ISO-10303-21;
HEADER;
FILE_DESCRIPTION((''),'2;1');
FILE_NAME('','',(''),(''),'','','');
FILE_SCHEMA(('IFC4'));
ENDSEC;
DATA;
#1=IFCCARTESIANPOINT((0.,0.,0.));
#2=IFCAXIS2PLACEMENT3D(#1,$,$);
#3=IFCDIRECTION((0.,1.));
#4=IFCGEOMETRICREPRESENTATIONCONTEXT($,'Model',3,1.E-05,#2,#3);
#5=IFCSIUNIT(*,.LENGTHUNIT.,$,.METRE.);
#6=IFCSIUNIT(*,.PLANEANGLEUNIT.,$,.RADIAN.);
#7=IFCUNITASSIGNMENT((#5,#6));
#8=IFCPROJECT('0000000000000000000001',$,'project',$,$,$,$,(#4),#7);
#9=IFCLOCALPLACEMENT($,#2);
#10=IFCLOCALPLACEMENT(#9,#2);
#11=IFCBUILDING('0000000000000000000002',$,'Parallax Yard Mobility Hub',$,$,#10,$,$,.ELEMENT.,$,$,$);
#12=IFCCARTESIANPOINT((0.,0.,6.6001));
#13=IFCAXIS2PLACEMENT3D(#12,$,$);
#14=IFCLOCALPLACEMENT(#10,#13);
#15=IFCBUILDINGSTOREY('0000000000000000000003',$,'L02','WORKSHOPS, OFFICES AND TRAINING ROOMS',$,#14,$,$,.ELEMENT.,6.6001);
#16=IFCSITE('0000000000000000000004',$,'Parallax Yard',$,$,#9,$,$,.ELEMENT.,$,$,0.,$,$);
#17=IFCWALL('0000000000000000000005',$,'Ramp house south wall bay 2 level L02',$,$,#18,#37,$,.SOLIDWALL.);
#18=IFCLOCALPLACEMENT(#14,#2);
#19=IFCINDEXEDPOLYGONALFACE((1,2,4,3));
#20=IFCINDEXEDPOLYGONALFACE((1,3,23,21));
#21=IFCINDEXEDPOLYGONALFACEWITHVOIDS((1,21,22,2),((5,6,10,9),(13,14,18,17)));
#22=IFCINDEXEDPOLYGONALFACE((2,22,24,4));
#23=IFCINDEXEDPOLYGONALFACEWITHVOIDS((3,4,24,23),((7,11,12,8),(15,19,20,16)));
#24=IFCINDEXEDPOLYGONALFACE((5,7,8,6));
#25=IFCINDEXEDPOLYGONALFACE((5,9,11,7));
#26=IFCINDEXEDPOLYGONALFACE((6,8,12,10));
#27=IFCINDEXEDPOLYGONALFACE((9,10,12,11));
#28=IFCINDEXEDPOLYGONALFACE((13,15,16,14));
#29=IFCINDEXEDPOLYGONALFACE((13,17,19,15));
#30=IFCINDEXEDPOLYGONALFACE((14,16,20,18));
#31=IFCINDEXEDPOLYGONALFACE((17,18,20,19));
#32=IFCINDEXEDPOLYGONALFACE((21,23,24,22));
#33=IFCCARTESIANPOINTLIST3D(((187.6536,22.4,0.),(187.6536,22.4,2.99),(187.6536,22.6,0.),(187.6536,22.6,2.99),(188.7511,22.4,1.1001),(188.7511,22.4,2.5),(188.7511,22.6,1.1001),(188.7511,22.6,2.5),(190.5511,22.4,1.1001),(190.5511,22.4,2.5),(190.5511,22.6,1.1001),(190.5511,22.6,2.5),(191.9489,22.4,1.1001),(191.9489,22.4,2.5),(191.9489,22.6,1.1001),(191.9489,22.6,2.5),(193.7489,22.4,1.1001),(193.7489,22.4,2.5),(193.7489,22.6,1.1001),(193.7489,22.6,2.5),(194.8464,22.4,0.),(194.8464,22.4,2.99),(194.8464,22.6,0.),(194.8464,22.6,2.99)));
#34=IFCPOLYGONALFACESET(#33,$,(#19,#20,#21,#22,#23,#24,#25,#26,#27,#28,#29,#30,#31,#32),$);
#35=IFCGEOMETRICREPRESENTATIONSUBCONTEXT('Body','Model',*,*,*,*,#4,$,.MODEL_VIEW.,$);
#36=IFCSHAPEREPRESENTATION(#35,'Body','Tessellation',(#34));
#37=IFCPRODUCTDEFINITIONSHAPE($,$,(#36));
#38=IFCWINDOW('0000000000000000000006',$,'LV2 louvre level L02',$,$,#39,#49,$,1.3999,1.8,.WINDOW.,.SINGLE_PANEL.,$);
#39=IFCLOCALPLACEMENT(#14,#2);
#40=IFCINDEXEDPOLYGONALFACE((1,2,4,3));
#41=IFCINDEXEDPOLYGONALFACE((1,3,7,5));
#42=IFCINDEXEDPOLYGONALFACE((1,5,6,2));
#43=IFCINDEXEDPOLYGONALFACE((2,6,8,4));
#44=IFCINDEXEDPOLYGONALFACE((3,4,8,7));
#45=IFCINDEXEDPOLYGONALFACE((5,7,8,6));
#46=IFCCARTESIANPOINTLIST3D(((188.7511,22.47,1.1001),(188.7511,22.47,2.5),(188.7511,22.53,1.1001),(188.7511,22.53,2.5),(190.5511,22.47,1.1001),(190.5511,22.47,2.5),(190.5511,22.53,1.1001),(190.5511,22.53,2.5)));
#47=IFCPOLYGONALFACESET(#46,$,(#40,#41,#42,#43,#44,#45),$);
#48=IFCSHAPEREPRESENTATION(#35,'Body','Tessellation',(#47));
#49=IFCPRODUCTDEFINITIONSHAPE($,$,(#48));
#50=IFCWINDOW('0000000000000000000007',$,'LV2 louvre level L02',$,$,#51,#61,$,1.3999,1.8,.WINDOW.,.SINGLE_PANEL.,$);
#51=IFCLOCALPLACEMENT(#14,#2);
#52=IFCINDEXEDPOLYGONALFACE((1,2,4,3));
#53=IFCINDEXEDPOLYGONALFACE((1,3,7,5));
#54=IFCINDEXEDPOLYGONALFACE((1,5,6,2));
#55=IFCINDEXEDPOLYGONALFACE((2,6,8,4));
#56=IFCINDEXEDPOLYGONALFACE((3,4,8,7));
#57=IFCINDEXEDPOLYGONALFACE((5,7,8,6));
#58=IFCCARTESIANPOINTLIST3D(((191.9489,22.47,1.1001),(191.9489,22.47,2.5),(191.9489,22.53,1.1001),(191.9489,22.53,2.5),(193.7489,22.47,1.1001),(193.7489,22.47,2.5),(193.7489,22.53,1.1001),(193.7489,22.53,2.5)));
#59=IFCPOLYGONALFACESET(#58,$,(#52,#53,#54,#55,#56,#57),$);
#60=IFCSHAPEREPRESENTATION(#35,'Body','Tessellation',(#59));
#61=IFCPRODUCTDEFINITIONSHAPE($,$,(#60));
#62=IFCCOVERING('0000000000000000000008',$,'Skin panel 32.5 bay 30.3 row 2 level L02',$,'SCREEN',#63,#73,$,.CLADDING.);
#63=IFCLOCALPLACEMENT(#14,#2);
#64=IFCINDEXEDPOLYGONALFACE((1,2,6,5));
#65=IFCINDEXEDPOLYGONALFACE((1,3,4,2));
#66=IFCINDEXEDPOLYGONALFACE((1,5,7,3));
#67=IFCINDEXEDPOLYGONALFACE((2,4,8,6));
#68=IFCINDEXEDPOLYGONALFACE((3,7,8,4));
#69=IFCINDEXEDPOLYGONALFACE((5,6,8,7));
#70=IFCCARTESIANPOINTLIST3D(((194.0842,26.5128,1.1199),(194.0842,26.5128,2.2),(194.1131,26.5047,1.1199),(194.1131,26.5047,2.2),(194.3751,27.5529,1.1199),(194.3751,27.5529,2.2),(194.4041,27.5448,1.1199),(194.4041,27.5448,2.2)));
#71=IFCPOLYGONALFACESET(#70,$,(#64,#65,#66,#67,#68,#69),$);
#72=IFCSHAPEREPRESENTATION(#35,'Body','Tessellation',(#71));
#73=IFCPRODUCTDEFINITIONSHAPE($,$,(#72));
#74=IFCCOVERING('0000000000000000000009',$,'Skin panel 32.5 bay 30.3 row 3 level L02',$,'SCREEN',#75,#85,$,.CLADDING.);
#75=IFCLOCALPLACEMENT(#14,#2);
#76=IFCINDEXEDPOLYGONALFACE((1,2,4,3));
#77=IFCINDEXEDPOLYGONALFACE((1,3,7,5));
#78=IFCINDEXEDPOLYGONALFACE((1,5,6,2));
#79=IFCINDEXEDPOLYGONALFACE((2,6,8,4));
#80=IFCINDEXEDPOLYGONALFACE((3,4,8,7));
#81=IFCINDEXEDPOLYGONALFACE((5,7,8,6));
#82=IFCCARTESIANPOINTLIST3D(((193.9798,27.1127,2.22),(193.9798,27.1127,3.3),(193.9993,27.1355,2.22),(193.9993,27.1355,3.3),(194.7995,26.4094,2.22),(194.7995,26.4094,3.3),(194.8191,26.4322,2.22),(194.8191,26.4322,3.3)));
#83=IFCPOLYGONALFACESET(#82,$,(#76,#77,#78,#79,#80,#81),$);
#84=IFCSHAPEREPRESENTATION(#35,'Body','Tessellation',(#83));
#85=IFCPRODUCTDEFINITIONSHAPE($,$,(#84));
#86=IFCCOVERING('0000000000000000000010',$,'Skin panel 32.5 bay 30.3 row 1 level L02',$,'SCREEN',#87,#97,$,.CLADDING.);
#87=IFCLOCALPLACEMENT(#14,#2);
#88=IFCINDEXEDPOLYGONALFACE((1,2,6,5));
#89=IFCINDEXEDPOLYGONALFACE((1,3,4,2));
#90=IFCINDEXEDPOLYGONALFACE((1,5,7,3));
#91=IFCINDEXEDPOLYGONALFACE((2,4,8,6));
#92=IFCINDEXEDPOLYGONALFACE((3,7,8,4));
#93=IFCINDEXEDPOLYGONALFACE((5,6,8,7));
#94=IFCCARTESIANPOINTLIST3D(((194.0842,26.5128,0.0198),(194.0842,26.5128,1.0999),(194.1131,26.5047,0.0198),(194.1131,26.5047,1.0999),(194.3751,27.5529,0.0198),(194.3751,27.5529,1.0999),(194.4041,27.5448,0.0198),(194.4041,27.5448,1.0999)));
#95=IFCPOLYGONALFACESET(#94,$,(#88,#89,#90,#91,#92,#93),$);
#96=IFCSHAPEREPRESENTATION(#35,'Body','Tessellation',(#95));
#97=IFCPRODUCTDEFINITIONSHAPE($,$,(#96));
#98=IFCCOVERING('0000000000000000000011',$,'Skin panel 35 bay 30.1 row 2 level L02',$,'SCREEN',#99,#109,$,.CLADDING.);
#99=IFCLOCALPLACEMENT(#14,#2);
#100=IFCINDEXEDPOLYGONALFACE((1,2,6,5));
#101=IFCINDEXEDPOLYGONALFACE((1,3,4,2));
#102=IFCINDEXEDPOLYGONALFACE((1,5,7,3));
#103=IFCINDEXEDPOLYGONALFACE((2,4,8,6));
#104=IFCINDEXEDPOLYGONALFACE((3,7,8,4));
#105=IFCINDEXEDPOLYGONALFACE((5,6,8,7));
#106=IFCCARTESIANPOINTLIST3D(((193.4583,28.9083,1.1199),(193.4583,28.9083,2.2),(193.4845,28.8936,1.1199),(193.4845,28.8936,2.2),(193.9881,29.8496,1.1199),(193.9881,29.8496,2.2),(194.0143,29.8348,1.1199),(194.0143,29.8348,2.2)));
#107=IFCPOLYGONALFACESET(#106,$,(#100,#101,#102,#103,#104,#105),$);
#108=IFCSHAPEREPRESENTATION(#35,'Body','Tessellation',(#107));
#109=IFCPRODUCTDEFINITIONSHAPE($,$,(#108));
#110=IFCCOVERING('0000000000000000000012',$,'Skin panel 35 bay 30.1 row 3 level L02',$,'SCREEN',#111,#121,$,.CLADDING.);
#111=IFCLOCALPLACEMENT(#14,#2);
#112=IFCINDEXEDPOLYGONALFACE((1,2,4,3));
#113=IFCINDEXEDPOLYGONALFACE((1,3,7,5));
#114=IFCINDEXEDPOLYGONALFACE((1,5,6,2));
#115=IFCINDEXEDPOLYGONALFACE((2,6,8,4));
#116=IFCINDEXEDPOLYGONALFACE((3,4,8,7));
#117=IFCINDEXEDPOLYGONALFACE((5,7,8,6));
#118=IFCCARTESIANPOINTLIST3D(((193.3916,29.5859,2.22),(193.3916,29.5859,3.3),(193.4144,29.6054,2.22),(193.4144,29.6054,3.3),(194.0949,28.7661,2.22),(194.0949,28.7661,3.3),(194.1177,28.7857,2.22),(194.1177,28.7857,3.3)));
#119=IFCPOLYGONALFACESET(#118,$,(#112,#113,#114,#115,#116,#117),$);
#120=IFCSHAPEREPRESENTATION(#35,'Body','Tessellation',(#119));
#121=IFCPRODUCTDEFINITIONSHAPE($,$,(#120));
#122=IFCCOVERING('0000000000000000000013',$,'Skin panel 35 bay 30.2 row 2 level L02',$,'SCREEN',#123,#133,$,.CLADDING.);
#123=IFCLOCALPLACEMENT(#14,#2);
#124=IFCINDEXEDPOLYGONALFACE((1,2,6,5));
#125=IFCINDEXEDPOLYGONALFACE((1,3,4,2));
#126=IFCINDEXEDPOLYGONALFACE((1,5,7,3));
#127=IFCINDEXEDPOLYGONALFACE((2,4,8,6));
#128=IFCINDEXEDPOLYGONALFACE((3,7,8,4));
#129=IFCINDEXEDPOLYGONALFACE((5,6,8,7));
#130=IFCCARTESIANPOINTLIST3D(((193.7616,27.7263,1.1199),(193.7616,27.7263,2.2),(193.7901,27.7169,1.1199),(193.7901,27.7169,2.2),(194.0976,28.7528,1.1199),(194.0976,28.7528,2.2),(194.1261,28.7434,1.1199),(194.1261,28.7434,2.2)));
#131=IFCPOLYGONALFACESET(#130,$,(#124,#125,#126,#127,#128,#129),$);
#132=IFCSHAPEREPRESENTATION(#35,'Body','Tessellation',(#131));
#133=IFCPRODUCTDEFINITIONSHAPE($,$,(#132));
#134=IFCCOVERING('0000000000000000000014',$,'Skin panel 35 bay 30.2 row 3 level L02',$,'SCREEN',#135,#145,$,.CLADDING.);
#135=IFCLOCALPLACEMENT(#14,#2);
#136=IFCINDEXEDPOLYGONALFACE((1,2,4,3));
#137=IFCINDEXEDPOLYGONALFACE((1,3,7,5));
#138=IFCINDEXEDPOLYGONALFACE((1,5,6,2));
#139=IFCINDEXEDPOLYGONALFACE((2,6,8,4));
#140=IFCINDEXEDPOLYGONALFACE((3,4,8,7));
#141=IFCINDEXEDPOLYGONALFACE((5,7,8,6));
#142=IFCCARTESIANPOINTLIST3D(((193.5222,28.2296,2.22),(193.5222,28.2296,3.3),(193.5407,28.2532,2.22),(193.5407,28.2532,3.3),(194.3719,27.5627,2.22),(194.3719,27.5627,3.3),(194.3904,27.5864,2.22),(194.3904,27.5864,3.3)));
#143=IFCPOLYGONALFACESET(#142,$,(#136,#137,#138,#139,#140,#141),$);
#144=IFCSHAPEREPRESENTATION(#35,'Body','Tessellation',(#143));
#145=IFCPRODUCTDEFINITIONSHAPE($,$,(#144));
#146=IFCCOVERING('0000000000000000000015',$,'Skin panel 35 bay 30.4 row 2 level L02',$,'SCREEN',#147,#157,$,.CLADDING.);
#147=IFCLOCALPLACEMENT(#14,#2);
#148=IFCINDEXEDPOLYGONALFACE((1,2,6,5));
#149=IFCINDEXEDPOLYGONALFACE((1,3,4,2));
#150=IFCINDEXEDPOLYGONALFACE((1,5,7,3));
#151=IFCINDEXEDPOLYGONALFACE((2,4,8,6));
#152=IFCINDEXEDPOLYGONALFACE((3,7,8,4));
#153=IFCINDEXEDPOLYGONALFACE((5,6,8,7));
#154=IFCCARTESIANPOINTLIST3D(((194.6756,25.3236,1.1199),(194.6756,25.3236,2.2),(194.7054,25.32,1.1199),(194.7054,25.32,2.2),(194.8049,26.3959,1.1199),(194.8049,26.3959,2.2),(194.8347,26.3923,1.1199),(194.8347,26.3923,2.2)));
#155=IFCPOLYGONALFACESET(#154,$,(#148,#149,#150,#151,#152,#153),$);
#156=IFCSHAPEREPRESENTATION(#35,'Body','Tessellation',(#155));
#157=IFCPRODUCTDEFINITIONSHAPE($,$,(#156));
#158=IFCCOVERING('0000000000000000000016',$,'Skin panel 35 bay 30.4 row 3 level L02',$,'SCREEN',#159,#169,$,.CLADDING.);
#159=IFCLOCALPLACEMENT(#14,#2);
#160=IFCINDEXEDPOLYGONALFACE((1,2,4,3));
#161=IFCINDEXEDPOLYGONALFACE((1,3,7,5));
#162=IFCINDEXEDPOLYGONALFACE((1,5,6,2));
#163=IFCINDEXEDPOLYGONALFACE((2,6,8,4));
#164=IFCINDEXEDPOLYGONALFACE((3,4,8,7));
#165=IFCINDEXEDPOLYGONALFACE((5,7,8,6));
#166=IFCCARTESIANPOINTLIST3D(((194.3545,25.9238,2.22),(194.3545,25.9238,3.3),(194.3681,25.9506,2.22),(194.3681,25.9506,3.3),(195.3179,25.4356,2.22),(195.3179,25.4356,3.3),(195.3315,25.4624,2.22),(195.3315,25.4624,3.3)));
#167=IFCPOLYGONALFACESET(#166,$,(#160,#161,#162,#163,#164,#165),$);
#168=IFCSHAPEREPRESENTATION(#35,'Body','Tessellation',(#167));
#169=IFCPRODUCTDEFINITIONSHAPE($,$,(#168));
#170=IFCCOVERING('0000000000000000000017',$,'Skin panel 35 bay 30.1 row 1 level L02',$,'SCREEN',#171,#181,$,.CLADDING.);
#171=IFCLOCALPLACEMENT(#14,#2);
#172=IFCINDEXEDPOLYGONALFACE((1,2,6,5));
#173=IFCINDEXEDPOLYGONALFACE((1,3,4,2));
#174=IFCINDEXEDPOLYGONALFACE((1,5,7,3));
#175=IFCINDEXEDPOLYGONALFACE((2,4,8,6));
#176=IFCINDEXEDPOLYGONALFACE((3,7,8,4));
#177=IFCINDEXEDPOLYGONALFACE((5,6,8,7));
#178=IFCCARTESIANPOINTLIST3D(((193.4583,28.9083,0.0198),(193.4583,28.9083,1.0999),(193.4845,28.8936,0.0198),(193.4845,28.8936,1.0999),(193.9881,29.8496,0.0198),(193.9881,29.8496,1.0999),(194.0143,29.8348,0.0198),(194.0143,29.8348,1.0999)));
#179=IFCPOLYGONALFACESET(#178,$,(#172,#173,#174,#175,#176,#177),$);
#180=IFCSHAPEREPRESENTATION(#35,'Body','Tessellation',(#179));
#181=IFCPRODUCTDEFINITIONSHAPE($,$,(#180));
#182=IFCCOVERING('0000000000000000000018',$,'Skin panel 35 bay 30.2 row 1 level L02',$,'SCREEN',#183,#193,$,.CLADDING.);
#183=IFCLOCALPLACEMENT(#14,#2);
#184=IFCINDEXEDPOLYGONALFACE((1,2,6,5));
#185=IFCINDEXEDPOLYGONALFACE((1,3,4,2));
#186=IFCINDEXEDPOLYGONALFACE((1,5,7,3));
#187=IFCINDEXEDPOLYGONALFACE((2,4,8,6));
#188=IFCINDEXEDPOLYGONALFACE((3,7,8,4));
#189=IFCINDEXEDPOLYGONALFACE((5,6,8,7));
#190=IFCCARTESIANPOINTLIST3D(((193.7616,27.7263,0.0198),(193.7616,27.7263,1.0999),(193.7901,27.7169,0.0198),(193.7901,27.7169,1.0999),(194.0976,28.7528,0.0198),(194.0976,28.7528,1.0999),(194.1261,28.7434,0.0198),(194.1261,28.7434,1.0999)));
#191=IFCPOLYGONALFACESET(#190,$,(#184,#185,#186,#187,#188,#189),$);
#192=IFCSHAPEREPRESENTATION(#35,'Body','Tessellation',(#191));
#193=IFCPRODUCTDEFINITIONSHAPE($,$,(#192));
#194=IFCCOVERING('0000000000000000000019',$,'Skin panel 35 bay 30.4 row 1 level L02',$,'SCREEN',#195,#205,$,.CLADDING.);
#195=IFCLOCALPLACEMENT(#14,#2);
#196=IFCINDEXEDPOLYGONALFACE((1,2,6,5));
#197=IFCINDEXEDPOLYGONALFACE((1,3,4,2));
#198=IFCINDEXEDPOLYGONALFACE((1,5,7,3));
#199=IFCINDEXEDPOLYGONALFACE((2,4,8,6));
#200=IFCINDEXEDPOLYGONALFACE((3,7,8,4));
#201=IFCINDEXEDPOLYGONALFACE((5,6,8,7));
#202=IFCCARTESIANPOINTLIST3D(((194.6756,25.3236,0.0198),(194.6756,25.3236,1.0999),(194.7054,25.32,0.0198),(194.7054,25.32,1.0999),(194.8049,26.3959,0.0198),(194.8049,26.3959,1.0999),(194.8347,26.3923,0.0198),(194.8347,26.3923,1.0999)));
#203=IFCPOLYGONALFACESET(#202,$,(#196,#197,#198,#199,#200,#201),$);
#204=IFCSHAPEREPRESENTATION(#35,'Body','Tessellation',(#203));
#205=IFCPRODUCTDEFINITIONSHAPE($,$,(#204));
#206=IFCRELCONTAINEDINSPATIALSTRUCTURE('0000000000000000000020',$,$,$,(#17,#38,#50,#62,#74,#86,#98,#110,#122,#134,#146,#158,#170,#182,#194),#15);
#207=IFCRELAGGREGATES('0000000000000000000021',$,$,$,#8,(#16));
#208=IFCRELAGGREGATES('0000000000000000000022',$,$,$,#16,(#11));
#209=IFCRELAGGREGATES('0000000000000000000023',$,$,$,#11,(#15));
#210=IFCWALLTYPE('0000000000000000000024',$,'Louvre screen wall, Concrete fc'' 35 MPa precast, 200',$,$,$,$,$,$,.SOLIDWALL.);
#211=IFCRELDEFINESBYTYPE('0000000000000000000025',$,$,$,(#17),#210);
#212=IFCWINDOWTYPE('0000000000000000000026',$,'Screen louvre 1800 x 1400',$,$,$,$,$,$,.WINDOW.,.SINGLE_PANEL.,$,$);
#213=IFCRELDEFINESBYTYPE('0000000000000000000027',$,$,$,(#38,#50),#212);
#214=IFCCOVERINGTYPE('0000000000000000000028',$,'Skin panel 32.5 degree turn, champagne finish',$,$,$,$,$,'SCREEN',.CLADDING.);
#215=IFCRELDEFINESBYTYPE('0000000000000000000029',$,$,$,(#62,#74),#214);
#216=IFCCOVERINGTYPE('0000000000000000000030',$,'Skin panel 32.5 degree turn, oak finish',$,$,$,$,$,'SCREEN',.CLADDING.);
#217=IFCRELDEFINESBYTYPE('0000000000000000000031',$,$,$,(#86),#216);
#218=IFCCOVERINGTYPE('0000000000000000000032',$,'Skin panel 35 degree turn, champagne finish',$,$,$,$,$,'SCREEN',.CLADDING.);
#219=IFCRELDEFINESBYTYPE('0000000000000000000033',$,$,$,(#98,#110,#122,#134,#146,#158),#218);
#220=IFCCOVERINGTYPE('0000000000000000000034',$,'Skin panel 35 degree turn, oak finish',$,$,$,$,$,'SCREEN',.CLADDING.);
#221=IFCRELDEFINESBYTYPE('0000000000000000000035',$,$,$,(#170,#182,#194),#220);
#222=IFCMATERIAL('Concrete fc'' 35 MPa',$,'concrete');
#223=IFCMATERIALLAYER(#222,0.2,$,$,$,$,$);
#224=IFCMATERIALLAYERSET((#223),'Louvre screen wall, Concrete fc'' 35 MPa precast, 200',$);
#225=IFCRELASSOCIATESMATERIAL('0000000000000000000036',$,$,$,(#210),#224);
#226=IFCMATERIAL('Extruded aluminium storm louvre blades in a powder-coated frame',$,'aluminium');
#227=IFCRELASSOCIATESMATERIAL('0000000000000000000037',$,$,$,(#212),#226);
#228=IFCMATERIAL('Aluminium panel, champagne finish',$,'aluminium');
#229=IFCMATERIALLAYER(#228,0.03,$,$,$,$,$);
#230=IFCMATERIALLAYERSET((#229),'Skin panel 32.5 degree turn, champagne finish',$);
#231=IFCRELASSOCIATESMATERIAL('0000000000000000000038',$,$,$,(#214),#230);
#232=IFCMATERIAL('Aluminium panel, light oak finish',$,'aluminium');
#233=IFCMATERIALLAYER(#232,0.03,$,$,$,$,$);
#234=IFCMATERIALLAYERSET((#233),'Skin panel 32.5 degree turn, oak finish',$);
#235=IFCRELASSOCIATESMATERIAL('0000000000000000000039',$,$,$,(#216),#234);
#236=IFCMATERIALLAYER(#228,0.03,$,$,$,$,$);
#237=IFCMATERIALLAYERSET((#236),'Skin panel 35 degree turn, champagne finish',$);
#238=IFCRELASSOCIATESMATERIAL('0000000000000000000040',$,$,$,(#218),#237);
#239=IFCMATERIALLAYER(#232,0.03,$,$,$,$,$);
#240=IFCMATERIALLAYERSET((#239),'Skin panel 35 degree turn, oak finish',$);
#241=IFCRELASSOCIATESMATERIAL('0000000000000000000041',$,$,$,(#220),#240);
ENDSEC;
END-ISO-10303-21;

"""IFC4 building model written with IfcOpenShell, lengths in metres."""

from ifc_helpers import new_model, si_unit, direction, frame, frame_2d, origin, origin_2d, place, context, subcontext, project, spatial, rectangle, extrude, material, layer, layer_set, type_object, element, fill, save


model = new_model("IFC4")

# Units and contexts
model_context = context("Model", 3, precision=1e-05, world=origin(), true_north=direction((0.0, 1.0)))
body_context = subcontext(model_context, "Body", "Model", "MODEL_VIEW")
ifc_project = project(units=[si_unit("LENGTHUNIT", "METRE"), si_unit("PLANEANGLEUNIT", "RADIAN")], contexts=[model_context])

# Site, building, storey
site_placement = place(None, origin())
site = spatial("IfcSite", under=ifc_project, at=site_placement, Name="Parallax Yard", CompositionType="ELEMENT", RefElevation=0.0)
building_placement = place(site_placement, origin())
building = spatial("IfcBuilding", under=site, at=building_placement, Name="Parallax Yard Mobility Hub", CompositionType="ELEMENT")
storey_placement = place(building_placement, frame((0.0, 0.0, 6.6001)))
storey = spatial("IfcBuildingStorey", under=building, at=storey_placement, Name="L02", Description="WORKSHOPS, OFFICES AND TRAINING ROOMS", CompositionType="ELEMENT", Elevation=6.6001)

# Wall, openings, windows
ifc_material_1 = material(Name="Concrete fc' 35 MPa", Category="concrete")
ifc_layer_1 = layer(ifc_material_1, 0.2)
ifc_layer_set_1 = layer_set([ifc_layer_1], Name="Louvre screen wall, Concrete fc' 35 MPa precast, 200")
wall_type = type_object("IfcWallType", Name="Louvre screen wall, Concrete fc' 35 MPa precast, 200", PredefinedType="SOLIDWALL", material=ifc_layer_set_1)
wall_placement = place(storey_placement, frame((187.6536, 22.5, 0.0), z_axis=(0.0, 0.0, 1.0), x_axis=(1.0, 0.0, 0.0)))
wall = element("IfcWall", 1, at=wall_placement, inside=storey, type_object=wall_type, Name="Ramp house south wall bay 2 level L02", PredefinedType="SOLIDWALL", context=body_context, shape_type="SweptSolid", body=[
    extrude(rectangle(XDim=7.1929, YDim=0.2, at=frame_2d((3.5964, 0.0))), origin(), (0.0, 0.0, 1.0), 2.99),
])
opening_1_placement = place(wall_placement, frame((1.0977, 0.0, 1.1001)))
opening_1 = element("IfcOpeningElement", 2, at=opening_1_placement, cuts=wall, PredefinedType="OPENING", context=body_context, shape_type="SweptSolid", body=[
    extrude(rectangle(XDim=1.8, YDim=1.3999, at=frame_2d((0.8999, 0.7))), frame((0.0, 0.1099, 0.0), z_axis=(0.0, -1.0, 0.0), x_axis=(1.0, 0.0, 0.0)), (0.0, 0.0, 1.0), 0.22),
])
opening_2_placement = place(wall_placement, frame((4.2954, 0.0, 1.1001)))
opening_2 = element("IfcOpeningElement", 3, at=opening_2_placement, cuts=wall, PredefinedType="OPENING", context=body_context, shape_type="SweptSolid", body=[
    extrude(rectangle(XDim=1.8, YDim=1.3999, at=frame_2d((0.8999, 0.7))), frame((0.0, 0.1099, 0.0), z_axis=(0.0, -1.0, 0.0), x_axis=(1.0, 0.0, 0.0)), (0.0, 0.0, 1.0), 0.22),
])
ifc_material_2 = material(Name="Extruded aluminium storm louvre blades in a powder-coated frame", Category="aluminium")
window_type = type_object("IfcWindowType", Name="Screen louvre 1800 x 1400", PartitioningType="SINGLE_PANEL", PredefinedType="WINDOW", material=ifc_material_2)
window_1_placement = place(opening_1_placement, origin())
window_1 = element("IfcWindow", 4, at=window_1_placement, inside=storey, type_object=window_type, Name="LV2 louvre level L02", OverallHeight=1.3999, OverallWidth=1.8, PartitioningType="SINGLE_PANEL", PredefinedType="WINDOW", context=body_context, shape_type="SweptSolid", body=[
    extrude(rectangle(XDim=1.8, YDim=1.3999, at=frame_2d((0.8999, 0.7))), frame((0.0, 0.03, 0.0), z_axis=(0.0, -1.0, 0.0), x_axis=(1.0, 0.0, 0.0)), (0.0, 0.0, 1.0), 0.0601),
])
fill(opening_1, window_1)
window_2_placement = place(opening_2_placement, origin())
window_2 = element("IfcWindow", 5, at=window_2_placement, inside=storey, type_object=window_type, Name="LV2 louvre level L02", OverallHeight=1.3999, OverallWidth=1.8, PartitioningType="SINGLE_PANEL", PredefinedType="WINDOW", context=body_context, shape_type="SweptSolid", body=[
    extrude(rectangle(XDim=1.8, YDim=1.3999, at=frame_2d((0.8999, 0.7))), frame((0.0, 0.03, 0.0), z_axis=(0.0, -1.0, 0.0), x_axis=(1.0, 0.0, 0.0)), (0.0, 0.0, 1.0), 0.0601),
])
fill(opening_2, window_2)

# Coverings
ifc_material_3 = material(Name="Aluminium panel, champagne finish", Category="aluminium")
ifc_layer_2 = layer(ifc_material_3, 0.03)
ifc_layer_set_2 = layer_set([ifc_layer_2], Name="Skin panel 32.5 degree turn, champagne finish")
covering_type_1 = type_object("IfcCoveringType", Name="Skin panel 32.5 degree turn, champagne finish", ElementType="SCREEN", PredefinedType="CLADDING", material=ifc_layer_set_2)
for number, where, z_axis, x_axis, name in (
    (6, (194.2441, 27.0288, 1.1199), (0.0, 0.0, 1.0), (-0.26934, -0.963045, 0.0), "Skin panel 32.5 bay 30.3 row 2 level L02"),
    (7, (194.3994, 26.7725, 2.22), (0.0, 0.0, 1.0), (-0.758987, 0.651105, 0.0), "Skin panel 32.5 bay 30.3 row 3 level L02"),
):
    element("IfcCovering", number, at=place(storey_placement, frame(where, z_axis=z_axis, x_axis=x_axis)), inside=storey, type_object=covering_type_1, Name=name, ObjectType="SCREEN", PredefinedType="CLADDING", context=body_context, shape_type="SweptSolid", body=[
        extrude(rectangle(XDim=1.0801, YDim=0.03, at=origin_2d()), origin(), (0.0, 0.0, 1.0), 1.0801),
    ])
ifc_material_4 = material(Name="Aluminium panel, light oak finish", Category="aluminium")
ifc_layer_3 = layer(ifc_material_4, 0.03)
ifc_layer_set_3 = layer_set([ifc_layer_3], Name="Skin panel 32.5 degree turn, oak finish")
covering_type_2 = type_object("IfcCoveringType", Name="Skin panel 32.5 degree turn, oak finish", ElementType="SCREEN", PredefinedType="CLADDING", material=ifc_layer_set_3)
covering_placement = place(storey_placement, frame((194.2441, 27.0288, 0.0198), z_axis=(0.0, 0.0, 1.0), x_axis=(-0.26934, -0.963045, 0.0)))
element("IfcCovering", 8, at=covering_placement, inside=storey, type_object=covering_type_2, Name="Skin panel 32.5 bay 30.3 row 1 level L02", ObjectType="SCREEN", PredefinedType="CLADDING", context=body_context, shape_type="SweptSolid", body=[
    extrude(rectangle(XDim=1.0801, YDim=0.03, at=origin_2d()), origin(), (0.0, 0.0, 1.0), 1.0801),
])
ifc_layer_4 = layer(ifc_material_3, 0.03)
ifc_layer_set_4 = layer_set([ifc_layer_4], Name="Skin panel 35 degree turn, champagne finish")
covering_type_3 = type_object("IfcCoveringType", Name="Skin panel 35 degree turn, champagne finish", ElementType="SCREEN", PredefinedType="CLADDING", material=ifc_layer_set_4)
for number, where, z_axis, x_axis, name in (
    (9, (193.7363, 29.3716, 1.1199), (0.0, 0.0, 1.0), (-0.490524, -0.871428, 0.0), "Skin panel 35 bay 30.1 row 2 level L02"),
    (10, (193.7546, 29.1858, 2.22), (0.0, 0.0, 1.0), (-0.651105, 0.758987, 0.0), "Skin panel 35 bay 30.1 row 3 level L02"),
    (11, (193.9438, 28.2349, 1.1199), (0.0, 0.0, 1.0), (-0.311091, -0.95038, 0.0), "Skin panel 35 bay 30.2 row 2 level L02"),
    (12, (193.9563, 27.908, 2.22), (0.0, 0.0, 1.0), (-0.786666, 0.617379, 0.0), "Skin panel 35 bay 30.2 row 3 level L02"),
    (13, (194.7551, 25.8579, 1.1199), (0.0, 0.0, 1.0), (-0.119704, -0.99281, 0.0), "Skin panel 35 bay 30.4 row 2 level L02"),
    (14, (194.843, 25.6931, 2.22), (0.0, 0.0, 1.0), (-0.891995, 0.452046, 0.0), "Skin panel 35 bay 30.4 row 3 level L02"),
):
    element("IfcCovering", number, at=place(storey_placement, frame(where, z_axis=z_axis, x_axis=x_axis)), inside=storey, type_object=covering_type_3, Name=name, ObjectType="SCREEN", PredefinedType="CLADDING", context=body_context, shape_type="SweptSolid", body=[
        extrude(rectangle(XDim=1.0801, YDim=0.03, at=origin_2d()), origin(), (0.0, 0.0, 1.0), 1.0801),
    ])
ifc_layer_5 = layer(ifc_material_4, 0.03)
ifc_layer_set_5 = layer_set([ifc_layer_5], Name="Skin panel 35 degree turn, oak finish")
covering_type_4 = type_object("IfcCoveringType", Name="Skin panel 35 degree turn, oak finish", ElementType="SCREEN", PredefinedType="CLADDING", material=ifc_layer_set_5)
for number, where, z_axis, x_axis, name in (
    (15, (193.7363, 29.3716, 0.0198), (0.0, 0.0, 1.0), (-0.490524, -0.871428, 0.0), "Skin panel 35 bay 30.1 row 1 level L02"),
    (16, (193.9438, 28.2349, 0.0198), (0.0, 0.0, 1.0), (-0.311091, -0.95038, 0.0), "Skin panel 35 bay 30.2 row 1 level L02"),
    (17, (194.7551, 25.8579, 0.0198), (0.0, 0.0, 1.0), (-0.119704, -0.99281, 0.0), "Skin panel 35 bay 30.4 row 1 level L02"),
):
    element("IfcCovering", number, at=place(storey_placement, frame(where, z_axis=z_axis, x_axis=x_axis)), inside=storey, type_object=covering_type_4, Name=name, ObjectType="SCREEN", PredefinedType="CLADDING", context=body_context, shape_type="SweptSolid", body=[
        extrude(rectangle(XDim=1.0801, YDim=0.03, at=origin_2d()), origin(), (0.0, 0.0, 1.0), 1.0801),
    ])

save(model, "model.ifc")
